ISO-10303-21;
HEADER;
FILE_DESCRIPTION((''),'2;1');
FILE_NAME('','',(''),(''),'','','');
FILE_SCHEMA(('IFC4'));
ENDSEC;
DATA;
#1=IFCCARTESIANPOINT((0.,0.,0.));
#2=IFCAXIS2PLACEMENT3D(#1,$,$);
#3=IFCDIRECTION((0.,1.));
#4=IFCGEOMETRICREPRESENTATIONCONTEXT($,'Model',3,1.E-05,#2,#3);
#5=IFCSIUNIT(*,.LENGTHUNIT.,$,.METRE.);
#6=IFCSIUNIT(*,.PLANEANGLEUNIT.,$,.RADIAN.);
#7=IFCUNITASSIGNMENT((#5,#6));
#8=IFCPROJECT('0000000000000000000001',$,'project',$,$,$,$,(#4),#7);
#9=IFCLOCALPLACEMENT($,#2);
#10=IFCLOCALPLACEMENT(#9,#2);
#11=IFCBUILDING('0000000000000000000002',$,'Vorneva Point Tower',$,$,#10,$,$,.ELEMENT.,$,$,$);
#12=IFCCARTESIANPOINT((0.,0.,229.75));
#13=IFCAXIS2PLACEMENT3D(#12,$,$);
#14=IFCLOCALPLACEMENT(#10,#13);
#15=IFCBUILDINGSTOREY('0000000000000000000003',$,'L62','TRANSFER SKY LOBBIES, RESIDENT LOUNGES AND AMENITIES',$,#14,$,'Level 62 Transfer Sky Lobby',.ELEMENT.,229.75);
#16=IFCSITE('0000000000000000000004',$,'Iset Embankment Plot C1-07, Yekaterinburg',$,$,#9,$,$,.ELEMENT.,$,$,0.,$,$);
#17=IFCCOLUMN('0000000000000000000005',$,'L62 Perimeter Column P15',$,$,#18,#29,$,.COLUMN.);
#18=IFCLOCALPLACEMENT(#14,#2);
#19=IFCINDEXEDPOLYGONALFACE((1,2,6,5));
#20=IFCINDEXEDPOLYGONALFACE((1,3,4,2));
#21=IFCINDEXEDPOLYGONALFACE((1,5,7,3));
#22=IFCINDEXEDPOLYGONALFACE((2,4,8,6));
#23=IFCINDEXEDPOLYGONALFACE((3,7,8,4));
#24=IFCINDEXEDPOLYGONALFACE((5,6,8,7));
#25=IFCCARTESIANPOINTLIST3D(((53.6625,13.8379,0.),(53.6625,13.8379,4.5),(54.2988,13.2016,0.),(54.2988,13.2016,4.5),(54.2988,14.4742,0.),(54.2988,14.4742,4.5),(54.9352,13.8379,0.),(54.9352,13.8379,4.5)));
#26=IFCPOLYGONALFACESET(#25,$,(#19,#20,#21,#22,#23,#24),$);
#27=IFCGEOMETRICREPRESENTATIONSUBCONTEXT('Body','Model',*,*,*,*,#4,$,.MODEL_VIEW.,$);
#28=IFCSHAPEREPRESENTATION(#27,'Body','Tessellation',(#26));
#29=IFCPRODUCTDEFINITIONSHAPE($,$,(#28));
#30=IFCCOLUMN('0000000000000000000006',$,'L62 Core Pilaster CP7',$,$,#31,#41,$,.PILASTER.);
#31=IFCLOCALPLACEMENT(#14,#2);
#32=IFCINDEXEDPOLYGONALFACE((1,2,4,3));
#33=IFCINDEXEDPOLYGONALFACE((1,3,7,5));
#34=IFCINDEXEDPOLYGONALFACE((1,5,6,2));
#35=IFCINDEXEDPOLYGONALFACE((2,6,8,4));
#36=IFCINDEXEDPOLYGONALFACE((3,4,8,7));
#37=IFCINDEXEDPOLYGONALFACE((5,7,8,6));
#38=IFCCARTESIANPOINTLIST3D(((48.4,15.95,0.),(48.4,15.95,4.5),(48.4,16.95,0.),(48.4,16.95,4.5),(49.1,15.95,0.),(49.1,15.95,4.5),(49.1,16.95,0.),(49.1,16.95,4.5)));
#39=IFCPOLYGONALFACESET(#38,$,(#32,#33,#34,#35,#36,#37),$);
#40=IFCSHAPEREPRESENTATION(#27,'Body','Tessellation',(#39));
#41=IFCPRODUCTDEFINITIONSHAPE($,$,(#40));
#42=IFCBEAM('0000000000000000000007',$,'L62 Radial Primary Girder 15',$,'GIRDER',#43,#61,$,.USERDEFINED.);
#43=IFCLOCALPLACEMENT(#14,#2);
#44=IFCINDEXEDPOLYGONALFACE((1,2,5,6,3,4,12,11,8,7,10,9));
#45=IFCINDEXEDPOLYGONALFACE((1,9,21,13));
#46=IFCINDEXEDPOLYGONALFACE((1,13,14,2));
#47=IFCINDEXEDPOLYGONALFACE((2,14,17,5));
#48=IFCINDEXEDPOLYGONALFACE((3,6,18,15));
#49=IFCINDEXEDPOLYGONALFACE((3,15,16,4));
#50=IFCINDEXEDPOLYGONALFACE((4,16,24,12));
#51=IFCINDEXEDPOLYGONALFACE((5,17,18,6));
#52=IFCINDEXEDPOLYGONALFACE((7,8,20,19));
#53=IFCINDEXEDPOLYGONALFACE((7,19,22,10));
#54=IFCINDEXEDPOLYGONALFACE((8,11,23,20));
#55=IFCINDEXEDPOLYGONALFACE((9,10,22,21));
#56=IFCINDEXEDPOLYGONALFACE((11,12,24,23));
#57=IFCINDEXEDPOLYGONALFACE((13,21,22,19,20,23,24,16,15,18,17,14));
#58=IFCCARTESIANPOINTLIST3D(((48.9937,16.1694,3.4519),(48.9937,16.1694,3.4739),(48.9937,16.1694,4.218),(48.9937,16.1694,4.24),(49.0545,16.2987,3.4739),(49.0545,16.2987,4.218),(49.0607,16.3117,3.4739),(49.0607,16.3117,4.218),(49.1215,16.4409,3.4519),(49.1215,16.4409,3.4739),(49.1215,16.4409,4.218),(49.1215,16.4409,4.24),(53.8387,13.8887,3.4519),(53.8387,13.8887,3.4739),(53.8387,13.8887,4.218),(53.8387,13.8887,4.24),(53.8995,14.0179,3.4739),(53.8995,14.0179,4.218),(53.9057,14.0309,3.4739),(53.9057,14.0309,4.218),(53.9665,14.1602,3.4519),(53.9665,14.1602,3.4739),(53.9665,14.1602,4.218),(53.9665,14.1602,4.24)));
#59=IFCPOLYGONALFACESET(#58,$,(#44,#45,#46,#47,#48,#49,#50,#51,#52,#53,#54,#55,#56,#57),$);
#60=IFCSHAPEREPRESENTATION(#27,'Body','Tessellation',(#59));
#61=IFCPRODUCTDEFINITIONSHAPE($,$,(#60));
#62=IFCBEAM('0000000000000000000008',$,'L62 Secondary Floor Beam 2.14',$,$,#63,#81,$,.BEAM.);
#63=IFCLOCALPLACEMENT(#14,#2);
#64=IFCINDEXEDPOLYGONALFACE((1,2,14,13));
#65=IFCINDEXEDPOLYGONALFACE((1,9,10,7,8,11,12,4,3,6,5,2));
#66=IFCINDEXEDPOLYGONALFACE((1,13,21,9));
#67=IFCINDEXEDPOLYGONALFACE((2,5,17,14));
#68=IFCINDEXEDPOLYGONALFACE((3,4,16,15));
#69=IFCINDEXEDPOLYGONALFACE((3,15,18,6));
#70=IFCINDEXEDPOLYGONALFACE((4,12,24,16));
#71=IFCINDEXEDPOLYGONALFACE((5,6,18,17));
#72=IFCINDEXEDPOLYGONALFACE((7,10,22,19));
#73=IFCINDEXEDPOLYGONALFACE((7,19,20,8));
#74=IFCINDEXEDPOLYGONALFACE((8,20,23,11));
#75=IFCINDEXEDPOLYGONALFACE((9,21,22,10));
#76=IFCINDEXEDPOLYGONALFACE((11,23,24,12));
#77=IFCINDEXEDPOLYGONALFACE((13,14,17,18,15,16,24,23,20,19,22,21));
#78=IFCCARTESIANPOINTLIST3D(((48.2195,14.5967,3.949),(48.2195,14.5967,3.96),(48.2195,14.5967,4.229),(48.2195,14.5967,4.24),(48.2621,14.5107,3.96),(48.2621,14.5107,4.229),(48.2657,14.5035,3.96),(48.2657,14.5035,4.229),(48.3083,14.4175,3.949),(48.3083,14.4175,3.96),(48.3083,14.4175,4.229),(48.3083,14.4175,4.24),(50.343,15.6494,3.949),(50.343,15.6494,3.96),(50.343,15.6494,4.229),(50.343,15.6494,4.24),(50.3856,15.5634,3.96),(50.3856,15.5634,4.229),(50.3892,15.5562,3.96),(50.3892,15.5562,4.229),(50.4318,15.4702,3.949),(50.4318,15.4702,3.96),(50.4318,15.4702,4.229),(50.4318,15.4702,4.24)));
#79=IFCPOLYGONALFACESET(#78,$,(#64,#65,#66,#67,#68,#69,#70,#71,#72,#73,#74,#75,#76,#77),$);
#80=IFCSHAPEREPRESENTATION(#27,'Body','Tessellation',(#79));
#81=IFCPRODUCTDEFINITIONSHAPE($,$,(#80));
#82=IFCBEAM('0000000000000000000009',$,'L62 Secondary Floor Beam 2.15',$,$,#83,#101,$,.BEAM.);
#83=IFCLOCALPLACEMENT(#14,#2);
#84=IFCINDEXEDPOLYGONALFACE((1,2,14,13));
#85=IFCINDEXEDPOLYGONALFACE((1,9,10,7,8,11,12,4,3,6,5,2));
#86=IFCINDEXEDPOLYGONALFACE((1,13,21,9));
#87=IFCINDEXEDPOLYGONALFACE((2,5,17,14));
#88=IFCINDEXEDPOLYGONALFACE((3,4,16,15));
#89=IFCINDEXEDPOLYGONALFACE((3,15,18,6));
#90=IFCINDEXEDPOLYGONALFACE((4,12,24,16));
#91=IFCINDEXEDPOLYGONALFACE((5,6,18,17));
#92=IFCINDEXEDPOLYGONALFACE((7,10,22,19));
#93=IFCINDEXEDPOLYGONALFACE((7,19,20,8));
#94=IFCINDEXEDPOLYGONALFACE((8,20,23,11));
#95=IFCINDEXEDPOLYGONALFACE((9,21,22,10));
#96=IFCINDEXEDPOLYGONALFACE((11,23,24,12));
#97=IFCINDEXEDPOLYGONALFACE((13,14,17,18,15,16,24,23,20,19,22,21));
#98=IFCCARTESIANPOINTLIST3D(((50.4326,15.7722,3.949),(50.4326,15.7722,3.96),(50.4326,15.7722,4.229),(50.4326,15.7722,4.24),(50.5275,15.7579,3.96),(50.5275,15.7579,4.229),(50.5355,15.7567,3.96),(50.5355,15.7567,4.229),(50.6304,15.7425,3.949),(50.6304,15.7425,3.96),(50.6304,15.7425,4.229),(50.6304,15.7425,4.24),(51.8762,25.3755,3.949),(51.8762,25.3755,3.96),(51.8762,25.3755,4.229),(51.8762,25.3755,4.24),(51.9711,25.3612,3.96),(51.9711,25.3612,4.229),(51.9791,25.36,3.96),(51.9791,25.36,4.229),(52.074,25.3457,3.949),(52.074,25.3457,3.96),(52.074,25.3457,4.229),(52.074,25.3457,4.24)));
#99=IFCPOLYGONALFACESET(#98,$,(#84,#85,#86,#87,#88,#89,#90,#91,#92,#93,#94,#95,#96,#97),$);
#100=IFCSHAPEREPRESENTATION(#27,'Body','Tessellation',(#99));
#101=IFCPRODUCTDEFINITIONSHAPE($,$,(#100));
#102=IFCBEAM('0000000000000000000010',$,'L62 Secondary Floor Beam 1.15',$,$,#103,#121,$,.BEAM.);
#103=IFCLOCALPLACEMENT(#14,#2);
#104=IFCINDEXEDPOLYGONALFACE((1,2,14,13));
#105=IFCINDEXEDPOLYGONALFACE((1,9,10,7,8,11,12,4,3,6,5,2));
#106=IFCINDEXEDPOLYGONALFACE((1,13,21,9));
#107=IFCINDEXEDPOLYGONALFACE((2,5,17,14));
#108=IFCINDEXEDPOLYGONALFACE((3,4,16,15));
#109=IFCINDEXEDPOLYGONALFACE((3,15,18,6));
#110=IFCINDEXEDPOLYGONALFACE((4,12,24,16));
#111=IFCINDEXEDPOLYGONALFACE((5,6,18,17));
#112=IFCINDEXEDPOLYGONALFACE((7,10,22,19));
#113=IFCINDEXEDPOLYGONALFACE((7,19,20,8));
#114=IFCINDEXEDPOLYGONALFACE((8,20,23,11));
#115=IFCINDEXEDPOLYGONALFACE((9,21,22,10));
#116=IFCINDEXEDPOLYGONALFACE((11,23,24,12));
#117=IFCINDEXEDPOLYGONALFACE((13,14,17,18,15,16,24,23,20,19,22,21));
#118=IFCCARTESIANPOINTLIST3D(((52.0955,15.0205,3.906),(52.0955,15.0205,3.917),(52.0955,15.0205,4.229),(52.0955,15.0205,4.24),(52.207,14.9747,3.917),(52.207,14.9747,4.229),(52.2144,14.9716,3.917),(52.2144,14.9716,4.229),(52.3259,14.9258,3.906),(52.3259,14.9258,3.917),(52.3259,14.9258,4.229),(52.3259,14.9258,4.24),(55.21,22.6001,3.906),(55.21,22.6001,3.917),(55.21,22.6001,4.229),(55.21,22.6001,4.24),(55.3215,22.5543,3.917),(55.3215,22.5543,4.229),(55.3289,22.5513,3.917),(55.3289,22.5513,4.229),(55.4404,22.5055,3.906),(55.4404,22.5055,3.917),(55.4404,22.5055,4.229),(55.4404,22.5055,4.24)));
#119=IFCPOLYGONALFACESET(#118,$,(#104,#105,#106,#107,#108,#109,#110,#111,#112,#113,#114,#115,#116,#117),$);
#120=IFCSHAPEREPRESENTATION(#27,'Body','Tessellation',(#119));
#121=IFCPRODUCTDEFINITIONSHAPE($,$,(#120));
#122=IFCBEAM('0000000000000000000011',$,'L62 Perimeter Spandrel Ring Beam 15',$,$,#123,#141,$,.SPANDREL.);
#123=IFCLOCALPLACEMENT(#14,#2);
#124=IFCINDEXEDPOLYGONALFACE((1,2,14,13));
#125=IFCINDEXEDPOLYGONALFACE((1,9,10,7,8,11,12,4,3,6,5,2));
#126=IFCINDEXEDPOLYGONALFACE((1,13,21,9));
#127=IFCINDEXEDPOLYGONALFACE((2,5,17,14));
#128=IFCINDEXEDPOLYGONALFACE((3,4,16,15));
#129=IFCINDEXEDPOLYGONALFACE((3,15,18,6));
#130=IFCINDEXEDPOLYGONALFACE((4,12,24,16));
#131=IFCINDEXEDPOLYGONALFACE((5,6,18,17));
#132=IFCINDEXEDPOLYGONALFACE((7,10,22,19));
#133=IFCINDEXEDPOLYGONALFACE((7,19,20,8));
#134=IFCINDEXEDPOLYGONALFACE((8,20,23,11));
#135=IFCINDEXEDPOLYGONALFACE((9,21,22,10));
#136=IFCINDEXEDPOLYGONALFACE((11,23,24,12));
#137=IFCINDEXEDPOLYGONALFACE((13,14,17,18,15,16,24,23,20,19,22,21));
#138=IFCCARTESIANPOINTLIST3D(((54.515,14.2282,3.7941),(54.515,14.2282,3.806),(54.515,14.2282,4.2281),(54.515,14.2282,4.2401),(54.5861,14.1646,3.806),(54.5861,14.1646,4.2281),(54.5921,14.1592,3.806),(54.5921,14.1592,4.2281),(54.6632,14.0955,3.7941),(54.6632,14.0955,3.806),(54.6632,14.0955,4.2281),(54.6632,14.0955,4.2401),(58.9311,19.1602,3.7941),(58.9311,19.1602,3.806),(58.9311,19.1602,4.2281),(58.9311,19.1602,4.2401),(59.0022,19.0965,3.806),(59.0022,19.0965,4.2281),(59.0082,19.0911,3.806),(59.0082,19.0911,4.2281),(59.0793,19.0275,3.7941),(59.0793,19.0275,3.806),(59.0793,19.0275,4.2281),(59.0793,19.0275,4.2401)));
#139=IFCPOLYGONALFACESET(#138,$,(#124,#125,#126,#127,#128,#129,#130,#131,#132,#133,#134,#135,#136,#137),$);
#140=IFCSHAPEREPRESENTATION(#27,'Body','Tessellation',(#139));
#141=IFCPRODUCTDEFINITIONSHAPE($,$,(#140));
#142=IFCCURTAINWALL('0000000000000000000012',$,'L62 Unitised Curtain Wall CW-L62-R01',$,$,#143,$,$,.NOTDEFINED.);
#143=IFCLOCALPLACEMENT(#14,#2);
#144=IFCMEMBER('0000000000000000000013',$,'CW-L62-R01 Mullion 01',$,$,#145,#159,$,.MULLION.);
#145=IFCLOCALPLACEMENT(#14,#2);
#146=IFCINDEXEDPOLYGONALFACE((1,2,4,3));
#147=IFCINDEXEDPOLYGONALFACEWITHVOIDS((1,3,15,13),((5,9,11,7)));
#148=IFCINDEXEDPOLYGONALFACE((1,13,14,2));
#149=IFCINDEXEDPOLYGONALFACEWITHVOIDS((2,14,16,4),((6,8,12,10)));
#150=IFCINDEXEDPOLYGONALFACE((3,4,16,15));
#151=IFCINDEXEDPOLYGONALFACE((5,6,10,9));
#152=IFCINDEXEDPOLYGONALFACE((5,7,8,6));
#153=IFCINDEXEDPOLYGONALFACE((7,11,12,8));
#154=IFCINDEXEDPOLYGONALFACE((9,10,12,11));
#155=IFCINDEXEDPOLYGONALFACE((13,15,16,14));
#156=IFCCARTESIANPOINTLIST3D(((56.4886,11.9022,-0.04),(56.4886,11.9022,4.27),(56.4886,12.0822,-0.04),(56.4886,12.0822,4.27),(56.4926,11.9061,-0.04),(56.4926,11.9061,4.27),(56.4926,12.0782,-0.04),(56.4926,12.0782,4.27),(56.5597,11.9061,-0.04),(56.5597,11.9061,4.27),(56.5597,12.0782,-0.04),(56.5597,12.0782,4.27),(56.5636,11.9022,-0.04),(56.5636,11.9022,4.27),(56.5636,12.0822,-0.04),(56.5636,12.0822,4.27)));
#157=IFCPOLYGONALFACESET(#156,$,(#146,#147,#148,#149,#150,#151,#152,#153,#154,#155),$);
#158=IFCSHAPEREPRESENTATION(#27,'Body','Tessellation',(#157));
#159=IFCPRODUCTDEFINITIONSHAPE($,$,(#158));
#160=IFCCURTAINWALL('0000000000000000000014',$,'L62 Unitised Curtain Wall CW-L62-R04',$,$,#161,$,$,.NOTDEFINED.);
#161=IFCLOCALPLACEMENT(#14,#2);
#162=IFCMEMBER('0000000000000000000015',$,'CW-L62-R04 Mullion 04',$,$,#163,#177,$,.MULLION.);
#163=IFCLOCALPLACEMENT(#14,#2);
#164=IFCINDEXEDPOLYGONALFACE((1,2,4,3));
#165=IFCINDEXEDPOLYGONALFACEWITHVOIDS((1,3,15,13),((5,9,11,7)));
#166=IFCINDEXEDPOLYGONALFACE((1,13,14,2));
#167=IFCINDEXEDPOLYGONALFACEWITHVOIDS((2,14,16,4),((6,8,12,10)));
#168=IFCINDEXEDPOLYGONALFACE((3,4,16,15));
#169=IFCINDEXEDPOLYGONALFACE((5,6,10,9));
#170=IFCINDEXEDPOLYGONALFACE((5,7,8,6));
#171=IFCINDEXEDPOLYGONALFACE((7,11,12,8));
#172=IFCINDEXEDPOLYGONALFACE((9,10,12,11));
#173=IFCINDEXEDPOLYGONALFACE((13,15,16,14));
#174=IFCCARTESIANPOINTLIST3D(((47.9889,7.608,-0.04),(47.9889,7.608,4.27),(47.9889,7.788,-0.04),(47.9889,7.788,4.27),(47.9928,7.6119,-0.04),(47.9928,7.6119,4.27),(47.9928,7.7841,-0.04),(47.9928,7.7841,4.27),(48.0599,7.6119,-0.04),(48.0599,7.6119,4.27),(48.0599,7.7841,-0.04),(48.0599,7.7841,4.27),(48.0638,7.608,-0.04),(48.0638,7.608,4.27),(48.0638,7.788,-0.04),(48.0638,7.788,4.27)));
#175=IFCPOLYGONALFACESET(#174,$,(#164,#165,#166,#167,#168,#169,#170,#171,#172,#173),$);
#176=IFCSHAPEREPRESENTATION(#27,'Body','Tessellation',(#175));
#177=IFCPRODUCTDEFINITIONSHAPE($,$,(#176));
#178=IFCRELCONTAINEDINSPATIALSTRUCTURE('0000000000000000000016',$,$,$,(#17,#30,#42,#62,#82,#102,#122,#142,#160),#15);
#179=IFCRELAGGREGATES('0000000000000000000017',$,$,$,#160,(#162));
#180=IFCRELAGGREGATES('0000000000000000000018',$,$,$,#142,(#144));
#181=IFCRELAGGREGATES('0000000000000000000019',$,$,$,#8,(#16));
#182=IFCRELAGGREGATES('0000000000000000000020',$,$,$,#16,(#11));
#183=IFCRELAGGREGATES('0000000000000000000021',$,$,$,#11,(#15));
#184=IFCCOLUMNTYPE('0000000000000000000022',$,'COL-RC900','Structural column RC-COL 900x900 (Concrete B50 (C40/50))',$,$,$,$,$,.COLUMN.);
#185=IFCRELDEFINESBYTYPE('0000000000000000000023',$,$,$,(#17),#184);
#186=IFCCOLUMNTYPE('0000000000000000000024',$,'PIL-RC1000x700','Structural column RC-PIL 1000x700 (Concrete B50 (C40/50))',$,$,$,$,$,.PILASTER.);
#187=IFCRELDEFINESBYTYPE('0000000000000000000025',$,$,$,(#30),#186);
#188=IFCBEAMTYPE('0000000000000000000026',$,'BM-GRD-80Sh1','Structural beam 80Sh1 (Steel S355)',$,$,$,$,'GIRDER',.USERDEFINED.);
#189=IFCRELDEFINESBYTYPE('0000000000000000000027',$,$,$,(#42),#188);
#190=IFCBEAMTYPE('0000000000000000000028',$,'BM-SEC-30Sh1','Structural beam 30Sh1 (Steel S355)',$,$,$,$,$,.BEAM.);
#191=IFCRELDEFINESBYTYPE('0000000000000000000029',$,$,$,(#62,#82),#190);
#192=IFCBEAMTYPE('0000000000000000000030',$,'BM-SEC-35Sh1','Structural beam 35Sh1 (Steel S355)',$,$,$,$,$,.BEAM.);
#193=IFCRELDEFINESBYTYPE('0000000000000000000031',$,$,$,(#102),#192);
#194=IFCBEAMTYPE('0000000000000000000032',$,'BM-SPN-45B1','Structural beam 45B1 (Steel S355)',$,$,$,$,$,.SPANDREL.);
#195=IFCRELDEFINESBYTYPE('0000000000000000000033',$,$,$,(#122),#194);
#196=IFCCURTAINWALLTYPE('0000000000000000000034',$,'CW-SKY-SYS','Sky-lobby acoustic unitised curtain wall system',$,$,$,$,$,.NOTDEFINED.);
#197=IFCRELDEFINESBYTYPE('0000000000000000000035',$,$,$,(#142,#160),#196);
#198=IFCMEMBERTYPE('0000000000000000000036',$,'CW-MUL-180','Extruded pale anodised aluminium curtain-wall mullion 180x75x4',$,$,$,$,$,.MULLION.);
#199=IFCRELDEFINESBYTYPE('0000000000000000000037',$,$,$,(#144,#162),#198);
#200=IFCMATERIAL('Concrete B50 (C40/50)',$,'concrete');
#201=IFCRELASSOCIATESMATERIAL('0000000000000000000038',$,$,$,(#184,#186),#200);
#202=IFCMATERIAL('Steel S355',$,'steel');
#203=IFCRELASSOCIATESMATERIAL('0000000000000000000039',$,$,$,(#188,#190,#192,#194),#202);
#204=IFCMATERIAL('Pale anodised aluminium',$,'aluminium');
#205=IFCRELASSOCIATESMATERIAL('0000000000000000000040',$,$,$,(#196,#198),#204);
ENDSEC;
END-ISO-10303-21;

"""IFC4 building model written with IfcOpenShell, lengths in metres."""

from ifc_helpers import new_model, si_unit, direction, frame, origin, origin_2d, place, context, subcontext, project, spatial, rectangle, hollow_rectangle, i_section, extrude, material, material_profile, profile_set, type_object, element, aggregate, save


model = new_model("IFC4")

# Units and contexts
model_context = context("Model", 3, precision=1e-05, world=origin(), true_north=direction((0.0, 1.0)))
body_context = subcontext(model_context, "Body", "Model", "MODEL_VIEW")
ifc_project = project(units=[si_unit("LENGTHUNIT", "METRE"), si_unit("PLANEANGLEUNIT", "RADIAN")], contexts=[model_context])

# Site, building, storey
site_placement = place(None, origin())
site = spatial("IfcSite", under=ifc_project, at=site_placement, Name="Iset Embankment Plot C1-07, Yekaterinburg", CompositionType="ELEMENT", RefElevation=0.0)
building_placement = place(site_placement, origin())
building = spatial("IfcBuilding", under=site, at=building_placement, Name="Vorneva Point Tower", CompositionType="ELEMENT")
storey_placement = place(building_placement, frame((0.0, 0.0, 229.75)))
storey = spatial("IfcBuildingStorey", under=building, at=storey_placement, Name="L62", Description="TRANSFER SKY LOBBIES, RESIDENT LOUNGES AND AMENITIES", LongName="Level 62 Transfer Sky Lobby", CompositionType="ELEMENT", Elevation=229.75)

# Columns
ifc_material_1 = material(Name="Concrete B50 (C40/50)", Category="concrete")
ifc_material_profile_1 = material_profile(ifc_material_1, rectangle(XDim=0.8999, YDim=0.8999, at=origin_2d()), Name="RC-COL 900x900")
ifc_profile_set_1 = profile_set([ifc_material_profile_1], Name="Concrete B50 (C40/50)")
column_type_1 = type_object("IfcColumnType", Name="COL-RC900", Description="Structural column RC-COL 900x900 (Concrete B50 (C40/50))", PredefinedType="COLUMN", material=ifc_profile_set_1)
column_1_placement = place(storey_placement, frame((54.2988, 13.8379, 0.0), z_axis=(0.0, 0.0, 1.0), x_axis=(0.707107, -0.707107, 0.0)))
element("IfcColumn", 1, at=column_1_placement, inside=storey, type_object=column_type_1, Name="L62 Perimeter Column P15", PredefinedType="COLUMN", context=body_context, shape_type="SweptSolid", body=[
    extrude(rectangle(XDim=0.8999, YDim=0.8999, at=origin_2d()), origin(), (0.0, 0.0, 1.0), 4.5),
])
ifc_material_profile_2 = material_profile(ifc_material_1, rectangle(XDim=0.7, YDim=1.0, at=origin_2d()), Name="RC-PIL 1000x700")
ifc_profile_set_2 = profile_set([ifc_material_profile_2], Name="Concrete B50 (C40/50)")
column_type_2 = type_object("IfcColumnType", Name="PIL-RC1000x700", Description="Structural column RC-PIL 1000x700 (Concrete B50 (C40/50))", PredefinedType="PILASTER", material=ifc_profile_set_2)
column_2_placement = place(storey_placement, frame((48.75, 16.45, 0.0), z_axis=(0.0, 0.0, 1.0), x_axis=(1.0, 0.0, 0.0)))
element("IfcColumn", 2, at=column_2_placement, inside=storey, type_object=column_type_2, Name="L62 Core Pilaster CP7", PredefinedType="PILASTER", context=body_context, shape_type="SweptSolid", body=[
    extrude(rectangle(XDim=0.7, YDim=1.0, at=origin_2d()), origin(), (0.0, 0.0, 1.0), 4.5),
])

# Beams
ifc_material_2 = material(Name="Steel S355", Category="steel")
ifc_material_profile_3 = material_profile(ifc_material_2, i_section(OverallWidth=0.3, OverallDepth=0.7881, WebThickness=0.0144, FlangeThickness=0.022, at=origin_2d()), Name="80Sh1")
ifc_profile_set_3 = profile_set([ifc_material_profile_3], Name="Steel S355")
beam_type_1 = type_object("IfcBeamType", Name="BM-GRD-80Sh1", Description="Structural beam 80Sh1 (Steel S355)", ElementType="GIRDER", PredefinedType="USERDEFINED", material=ifc_profile_set_3)
beam_1_placement = place(storey_placement, frame((53.9026, 14.0244, 3.8459), z_axis=(-0.904763, 0.425916, 0.0), x_axis=(-0.425916, -0.904763, 0.0)))
element("IfcBeam", 3, at=beam_1_placement, inside=storey, type_object=beam_type_1, Name="L62 Radial Primary Girder 15", ObjectType="GIRDER", PredefinedType="USERDEFINED", context=body_context, shape_type="SweptSolid", body=[
    extrude(i_section(OverallWidth=0.3, OverallDepth=0.7881, WebThickness=0.0144, FlangeThickness=0.022, at=origin_2d()), origin(), (0.0, 0.0, 1.0), 5.355),
])
ifc_material_profile_4 = material_profile(ifc_material_2, i_section(OverallWidth=0.2, OverallDepth=0.291, WebThickness=0.0081, FlangeThickness=0.011, at=origin_2d()), Name="30Sh1")
ifc_profile_set_4 = profile_set([ifc_material_profile_4], Name="Steel S355")
beam_type_2 = type_object("IfcBeamType", Name="BM-SEC-30Sh1", Description="Structural beam 30Sh1 (Steel S355)", PredefinedType="BEAM", material=ifc_profile_set_4)
beam_2_placement = place(storey_placement, frame((48.2639, 14.5071, 4.0945), z_axis=(0.895946, 0.444162, 0.0), x_axis=(-0.444162, 0.895946, 0.0)))
element("IfcBeam", 4, at=beam_2_placement, inside=storey, type_object=beam_type_2, Name="L62 Secondary Floor Beam 2.14", PredefinedType="BEAM", context=body_context, shape_type="SweptSolid", body=[
    extrude(i_section(OverallWidth=0.2, OverallDepth=0.291, WebThickness=0.0081, FlangeThickness=0.011, at=origin_2d()), origin(), (0.0, 0.0, 1.0), 2.3701),
])
beam_3_placement = place(storey_placement, frame((50.5315, 15.7573, 4.0945), z_axis=(0.148654, 0.988889, 0.0), x_axis=(-0.988889, 0.148654, 0.0)))
element("IfcBeam", 5, at=beam_3_placement, inside=storey, type_object=beam_type_2, Name="L62 Secondary Floor Beam 2.15", PredefinedType="BEAM", context=body_context, shape_type="SweptSolid", body=[
    extrude(i_section(OverallWidth=0.2, OverallDepth=0.291, WebThickness=0.0081, FlangeThickness=0.011, at=origin_2d()), origin(), (0.0, 0.0, 1.0), 9.7112),
])
ifc_material_profile_5 = material_profile(ifc_material_2, i_section(OverallWidth=0.249, OverallDepth=0.334, WebThickness=0.0081, FlangeThickness=0.011, at=origin_2d()), Name="35Sh1")
ifc_profile_set_5 = profile_set([ifc_material_profile_5], Name="Steel S355")
beam_type_3 = type_object("IfcBeamType", Name="BM-SEC-35Sh1", Description="Structural beam 35Sh1 (Steel S355)", PredefinedType="BEAM", material=ifc_profile_set_5)
beam_4_placement = place(storey_placement, frame((52.2107, 14.9731, 4.073), z_axis=(0.380071, 0.924957, 0.0), x_axis=(-0.924957, 0.380071, 0.0)))
element("IfcBeam", 6, at=beam_4_placement, inside=storey, type_object=beam_type_3, Name="L62 Secondary Floor Beam 1.15", PredefinedType="BEAM", context=body_context, shape_type="SweptSolid", body=[
    extrude(i_section(OverallWidth=0.249, OverallDepth=0.334, WebThickness=0.0081, FlangeThickness=0.011, at=origin_2d()), origin(), (0.0, 0.0, 1.0), 8.1946),
])
ifc_material_profile_6 = material_profile(ifc_material_2, i_section(OverallWidth=0.199, OverallDepth=0.446, WebThickness=0.0081, FlangeThickness=0.012, at=origin_2d()), Name="45B1")
ifc_profile_set_6 = profile_set([ifc_material_profile_6], Name="Steel S355")
beam_type_4 = type_object("IfcBeamType", Name="BM-SPN-45B1", Description="Structural beam 45B1 (Steel S355)", PredefinedType="SPANDREL", material=ifc_profile_set_6)
beam_5_placement = place(storey_placement, frame((54.5891, 14.1619, 4.0171), z_axis=(0.66707, 0.744995, 0.0), x_axis=(-0.744995, 0.66707, 0.0)))
element("IfcBeam", 7, at=beam_5_placement, inside=storey, type_object=beam_type_4, Name="L62 Perimeter Spandrel Ring Beam 15", PredefinedType="SPANDREL", context=body_context, shape_type="SweptSolid", body=[
    extrude(i_section(OverallWidth=0.199, OverallDepth=0.446, WebThickness=0.0081, FlangeThickness=0.012, at=origin_2d()), origin(), (0.0, 0.0, 1.0), 6.6201),
])

# Curtain walls, members
ifc_material_3 = material(Name="Pale anodised aluminium", Category="aluminium")
curtain_wall_type = type_object("IfcCurtainWallType", Name="CW-SKY-SYS", Description="Sky-lobby acoustic unitised curtain wall system", PredefinedType="NOTDEFINED", material=ifc_material_3)
curtain_wall_1_placement = place(storey_placement, origin())
curtain_wall_1 = element("IfcCurtainWall", 8, at=curtain_wall_1_placement, inside=storey, type_object=curtain_wall_type, Name="L62 Unitised Curtain Wall CW-L62-R01", PredefinedType="NOTDEFINED")
ifc_material_profile_7 = material_profile(ifc_material_3, hollow_rectangle(XDim=0.075, YDim=0.1799, WallThickness=0.0039, at=origin_2d()), Name="AL-MUL 180x75x4")
ifc_profile_set_7 = profile_set([ifc_material_profile_7], Name="Pale anodised aluminium")
member_type_1 = type_object("IfcMemberType", Name="CW-MUL-180", Description="Extruded pale anodised aluminium curtain-wall mullion 180x75x4", PredefinedType="MULLION", material=ifc_profile_set_7)
member_1_placement = place(storey_placement, frame((56.5261, 11.9922, -0.04), z_axis=(0.0, 0.0, 1.0), x_axis=(1.0, 0.0, 0.0)))
member_1 = element("IfcMember", 9, at=member_1_placement, type_object=member_type_1, Name="CW-L62-R01 Mullion 01", PredefinedType="MULLION", context=body_context, shape_type="SweptSolid", body=[
    extrude(hollow_rectangle(XDim=0.075, YDim=0.1799, WallThickness=0.0039, at=origin_2d()), origin(), (0.0, 0.0, 1.0), 4.3101),
])
curtain_wall_2_placement = place(storey_placement, origin())
curtain_wall_2 = element("IfcCurtainWall", 10, at=curtain_wall_2_placement, inside=storey, type_object=curtain_wall_type, Name="L62 Unitised Curtain Wall CW-L62-R04", PredefinedType="NOTDEFINED")
member_2_placement = place(storey_placement, frame((48.0264, 7.698, -0.04), z_axis=(0.0, 0.0, 1.0), x_axis=(1.0, 0.0, 0.0)))
member_2 = element("IfcMember", 11, at=member_2_placement, type_object=member_type_1, Name="CW-L62-R04 Mullion 04", PredefinedType="MULLION", context=body_context, shape_type="SweptSolid", body=[
    extrude(hollow_rectangle(XDim=0.075, YDim=0.1799, WallThickness=0.0039, at=origin_2d()), origin(), (0.0, 0.0, 1.0), 4.3101),
])
aggregate(curtain_wall_2, [member_2])

aggregate(curtain_wall_1, [member_1])

save(model, "model.ifc")
